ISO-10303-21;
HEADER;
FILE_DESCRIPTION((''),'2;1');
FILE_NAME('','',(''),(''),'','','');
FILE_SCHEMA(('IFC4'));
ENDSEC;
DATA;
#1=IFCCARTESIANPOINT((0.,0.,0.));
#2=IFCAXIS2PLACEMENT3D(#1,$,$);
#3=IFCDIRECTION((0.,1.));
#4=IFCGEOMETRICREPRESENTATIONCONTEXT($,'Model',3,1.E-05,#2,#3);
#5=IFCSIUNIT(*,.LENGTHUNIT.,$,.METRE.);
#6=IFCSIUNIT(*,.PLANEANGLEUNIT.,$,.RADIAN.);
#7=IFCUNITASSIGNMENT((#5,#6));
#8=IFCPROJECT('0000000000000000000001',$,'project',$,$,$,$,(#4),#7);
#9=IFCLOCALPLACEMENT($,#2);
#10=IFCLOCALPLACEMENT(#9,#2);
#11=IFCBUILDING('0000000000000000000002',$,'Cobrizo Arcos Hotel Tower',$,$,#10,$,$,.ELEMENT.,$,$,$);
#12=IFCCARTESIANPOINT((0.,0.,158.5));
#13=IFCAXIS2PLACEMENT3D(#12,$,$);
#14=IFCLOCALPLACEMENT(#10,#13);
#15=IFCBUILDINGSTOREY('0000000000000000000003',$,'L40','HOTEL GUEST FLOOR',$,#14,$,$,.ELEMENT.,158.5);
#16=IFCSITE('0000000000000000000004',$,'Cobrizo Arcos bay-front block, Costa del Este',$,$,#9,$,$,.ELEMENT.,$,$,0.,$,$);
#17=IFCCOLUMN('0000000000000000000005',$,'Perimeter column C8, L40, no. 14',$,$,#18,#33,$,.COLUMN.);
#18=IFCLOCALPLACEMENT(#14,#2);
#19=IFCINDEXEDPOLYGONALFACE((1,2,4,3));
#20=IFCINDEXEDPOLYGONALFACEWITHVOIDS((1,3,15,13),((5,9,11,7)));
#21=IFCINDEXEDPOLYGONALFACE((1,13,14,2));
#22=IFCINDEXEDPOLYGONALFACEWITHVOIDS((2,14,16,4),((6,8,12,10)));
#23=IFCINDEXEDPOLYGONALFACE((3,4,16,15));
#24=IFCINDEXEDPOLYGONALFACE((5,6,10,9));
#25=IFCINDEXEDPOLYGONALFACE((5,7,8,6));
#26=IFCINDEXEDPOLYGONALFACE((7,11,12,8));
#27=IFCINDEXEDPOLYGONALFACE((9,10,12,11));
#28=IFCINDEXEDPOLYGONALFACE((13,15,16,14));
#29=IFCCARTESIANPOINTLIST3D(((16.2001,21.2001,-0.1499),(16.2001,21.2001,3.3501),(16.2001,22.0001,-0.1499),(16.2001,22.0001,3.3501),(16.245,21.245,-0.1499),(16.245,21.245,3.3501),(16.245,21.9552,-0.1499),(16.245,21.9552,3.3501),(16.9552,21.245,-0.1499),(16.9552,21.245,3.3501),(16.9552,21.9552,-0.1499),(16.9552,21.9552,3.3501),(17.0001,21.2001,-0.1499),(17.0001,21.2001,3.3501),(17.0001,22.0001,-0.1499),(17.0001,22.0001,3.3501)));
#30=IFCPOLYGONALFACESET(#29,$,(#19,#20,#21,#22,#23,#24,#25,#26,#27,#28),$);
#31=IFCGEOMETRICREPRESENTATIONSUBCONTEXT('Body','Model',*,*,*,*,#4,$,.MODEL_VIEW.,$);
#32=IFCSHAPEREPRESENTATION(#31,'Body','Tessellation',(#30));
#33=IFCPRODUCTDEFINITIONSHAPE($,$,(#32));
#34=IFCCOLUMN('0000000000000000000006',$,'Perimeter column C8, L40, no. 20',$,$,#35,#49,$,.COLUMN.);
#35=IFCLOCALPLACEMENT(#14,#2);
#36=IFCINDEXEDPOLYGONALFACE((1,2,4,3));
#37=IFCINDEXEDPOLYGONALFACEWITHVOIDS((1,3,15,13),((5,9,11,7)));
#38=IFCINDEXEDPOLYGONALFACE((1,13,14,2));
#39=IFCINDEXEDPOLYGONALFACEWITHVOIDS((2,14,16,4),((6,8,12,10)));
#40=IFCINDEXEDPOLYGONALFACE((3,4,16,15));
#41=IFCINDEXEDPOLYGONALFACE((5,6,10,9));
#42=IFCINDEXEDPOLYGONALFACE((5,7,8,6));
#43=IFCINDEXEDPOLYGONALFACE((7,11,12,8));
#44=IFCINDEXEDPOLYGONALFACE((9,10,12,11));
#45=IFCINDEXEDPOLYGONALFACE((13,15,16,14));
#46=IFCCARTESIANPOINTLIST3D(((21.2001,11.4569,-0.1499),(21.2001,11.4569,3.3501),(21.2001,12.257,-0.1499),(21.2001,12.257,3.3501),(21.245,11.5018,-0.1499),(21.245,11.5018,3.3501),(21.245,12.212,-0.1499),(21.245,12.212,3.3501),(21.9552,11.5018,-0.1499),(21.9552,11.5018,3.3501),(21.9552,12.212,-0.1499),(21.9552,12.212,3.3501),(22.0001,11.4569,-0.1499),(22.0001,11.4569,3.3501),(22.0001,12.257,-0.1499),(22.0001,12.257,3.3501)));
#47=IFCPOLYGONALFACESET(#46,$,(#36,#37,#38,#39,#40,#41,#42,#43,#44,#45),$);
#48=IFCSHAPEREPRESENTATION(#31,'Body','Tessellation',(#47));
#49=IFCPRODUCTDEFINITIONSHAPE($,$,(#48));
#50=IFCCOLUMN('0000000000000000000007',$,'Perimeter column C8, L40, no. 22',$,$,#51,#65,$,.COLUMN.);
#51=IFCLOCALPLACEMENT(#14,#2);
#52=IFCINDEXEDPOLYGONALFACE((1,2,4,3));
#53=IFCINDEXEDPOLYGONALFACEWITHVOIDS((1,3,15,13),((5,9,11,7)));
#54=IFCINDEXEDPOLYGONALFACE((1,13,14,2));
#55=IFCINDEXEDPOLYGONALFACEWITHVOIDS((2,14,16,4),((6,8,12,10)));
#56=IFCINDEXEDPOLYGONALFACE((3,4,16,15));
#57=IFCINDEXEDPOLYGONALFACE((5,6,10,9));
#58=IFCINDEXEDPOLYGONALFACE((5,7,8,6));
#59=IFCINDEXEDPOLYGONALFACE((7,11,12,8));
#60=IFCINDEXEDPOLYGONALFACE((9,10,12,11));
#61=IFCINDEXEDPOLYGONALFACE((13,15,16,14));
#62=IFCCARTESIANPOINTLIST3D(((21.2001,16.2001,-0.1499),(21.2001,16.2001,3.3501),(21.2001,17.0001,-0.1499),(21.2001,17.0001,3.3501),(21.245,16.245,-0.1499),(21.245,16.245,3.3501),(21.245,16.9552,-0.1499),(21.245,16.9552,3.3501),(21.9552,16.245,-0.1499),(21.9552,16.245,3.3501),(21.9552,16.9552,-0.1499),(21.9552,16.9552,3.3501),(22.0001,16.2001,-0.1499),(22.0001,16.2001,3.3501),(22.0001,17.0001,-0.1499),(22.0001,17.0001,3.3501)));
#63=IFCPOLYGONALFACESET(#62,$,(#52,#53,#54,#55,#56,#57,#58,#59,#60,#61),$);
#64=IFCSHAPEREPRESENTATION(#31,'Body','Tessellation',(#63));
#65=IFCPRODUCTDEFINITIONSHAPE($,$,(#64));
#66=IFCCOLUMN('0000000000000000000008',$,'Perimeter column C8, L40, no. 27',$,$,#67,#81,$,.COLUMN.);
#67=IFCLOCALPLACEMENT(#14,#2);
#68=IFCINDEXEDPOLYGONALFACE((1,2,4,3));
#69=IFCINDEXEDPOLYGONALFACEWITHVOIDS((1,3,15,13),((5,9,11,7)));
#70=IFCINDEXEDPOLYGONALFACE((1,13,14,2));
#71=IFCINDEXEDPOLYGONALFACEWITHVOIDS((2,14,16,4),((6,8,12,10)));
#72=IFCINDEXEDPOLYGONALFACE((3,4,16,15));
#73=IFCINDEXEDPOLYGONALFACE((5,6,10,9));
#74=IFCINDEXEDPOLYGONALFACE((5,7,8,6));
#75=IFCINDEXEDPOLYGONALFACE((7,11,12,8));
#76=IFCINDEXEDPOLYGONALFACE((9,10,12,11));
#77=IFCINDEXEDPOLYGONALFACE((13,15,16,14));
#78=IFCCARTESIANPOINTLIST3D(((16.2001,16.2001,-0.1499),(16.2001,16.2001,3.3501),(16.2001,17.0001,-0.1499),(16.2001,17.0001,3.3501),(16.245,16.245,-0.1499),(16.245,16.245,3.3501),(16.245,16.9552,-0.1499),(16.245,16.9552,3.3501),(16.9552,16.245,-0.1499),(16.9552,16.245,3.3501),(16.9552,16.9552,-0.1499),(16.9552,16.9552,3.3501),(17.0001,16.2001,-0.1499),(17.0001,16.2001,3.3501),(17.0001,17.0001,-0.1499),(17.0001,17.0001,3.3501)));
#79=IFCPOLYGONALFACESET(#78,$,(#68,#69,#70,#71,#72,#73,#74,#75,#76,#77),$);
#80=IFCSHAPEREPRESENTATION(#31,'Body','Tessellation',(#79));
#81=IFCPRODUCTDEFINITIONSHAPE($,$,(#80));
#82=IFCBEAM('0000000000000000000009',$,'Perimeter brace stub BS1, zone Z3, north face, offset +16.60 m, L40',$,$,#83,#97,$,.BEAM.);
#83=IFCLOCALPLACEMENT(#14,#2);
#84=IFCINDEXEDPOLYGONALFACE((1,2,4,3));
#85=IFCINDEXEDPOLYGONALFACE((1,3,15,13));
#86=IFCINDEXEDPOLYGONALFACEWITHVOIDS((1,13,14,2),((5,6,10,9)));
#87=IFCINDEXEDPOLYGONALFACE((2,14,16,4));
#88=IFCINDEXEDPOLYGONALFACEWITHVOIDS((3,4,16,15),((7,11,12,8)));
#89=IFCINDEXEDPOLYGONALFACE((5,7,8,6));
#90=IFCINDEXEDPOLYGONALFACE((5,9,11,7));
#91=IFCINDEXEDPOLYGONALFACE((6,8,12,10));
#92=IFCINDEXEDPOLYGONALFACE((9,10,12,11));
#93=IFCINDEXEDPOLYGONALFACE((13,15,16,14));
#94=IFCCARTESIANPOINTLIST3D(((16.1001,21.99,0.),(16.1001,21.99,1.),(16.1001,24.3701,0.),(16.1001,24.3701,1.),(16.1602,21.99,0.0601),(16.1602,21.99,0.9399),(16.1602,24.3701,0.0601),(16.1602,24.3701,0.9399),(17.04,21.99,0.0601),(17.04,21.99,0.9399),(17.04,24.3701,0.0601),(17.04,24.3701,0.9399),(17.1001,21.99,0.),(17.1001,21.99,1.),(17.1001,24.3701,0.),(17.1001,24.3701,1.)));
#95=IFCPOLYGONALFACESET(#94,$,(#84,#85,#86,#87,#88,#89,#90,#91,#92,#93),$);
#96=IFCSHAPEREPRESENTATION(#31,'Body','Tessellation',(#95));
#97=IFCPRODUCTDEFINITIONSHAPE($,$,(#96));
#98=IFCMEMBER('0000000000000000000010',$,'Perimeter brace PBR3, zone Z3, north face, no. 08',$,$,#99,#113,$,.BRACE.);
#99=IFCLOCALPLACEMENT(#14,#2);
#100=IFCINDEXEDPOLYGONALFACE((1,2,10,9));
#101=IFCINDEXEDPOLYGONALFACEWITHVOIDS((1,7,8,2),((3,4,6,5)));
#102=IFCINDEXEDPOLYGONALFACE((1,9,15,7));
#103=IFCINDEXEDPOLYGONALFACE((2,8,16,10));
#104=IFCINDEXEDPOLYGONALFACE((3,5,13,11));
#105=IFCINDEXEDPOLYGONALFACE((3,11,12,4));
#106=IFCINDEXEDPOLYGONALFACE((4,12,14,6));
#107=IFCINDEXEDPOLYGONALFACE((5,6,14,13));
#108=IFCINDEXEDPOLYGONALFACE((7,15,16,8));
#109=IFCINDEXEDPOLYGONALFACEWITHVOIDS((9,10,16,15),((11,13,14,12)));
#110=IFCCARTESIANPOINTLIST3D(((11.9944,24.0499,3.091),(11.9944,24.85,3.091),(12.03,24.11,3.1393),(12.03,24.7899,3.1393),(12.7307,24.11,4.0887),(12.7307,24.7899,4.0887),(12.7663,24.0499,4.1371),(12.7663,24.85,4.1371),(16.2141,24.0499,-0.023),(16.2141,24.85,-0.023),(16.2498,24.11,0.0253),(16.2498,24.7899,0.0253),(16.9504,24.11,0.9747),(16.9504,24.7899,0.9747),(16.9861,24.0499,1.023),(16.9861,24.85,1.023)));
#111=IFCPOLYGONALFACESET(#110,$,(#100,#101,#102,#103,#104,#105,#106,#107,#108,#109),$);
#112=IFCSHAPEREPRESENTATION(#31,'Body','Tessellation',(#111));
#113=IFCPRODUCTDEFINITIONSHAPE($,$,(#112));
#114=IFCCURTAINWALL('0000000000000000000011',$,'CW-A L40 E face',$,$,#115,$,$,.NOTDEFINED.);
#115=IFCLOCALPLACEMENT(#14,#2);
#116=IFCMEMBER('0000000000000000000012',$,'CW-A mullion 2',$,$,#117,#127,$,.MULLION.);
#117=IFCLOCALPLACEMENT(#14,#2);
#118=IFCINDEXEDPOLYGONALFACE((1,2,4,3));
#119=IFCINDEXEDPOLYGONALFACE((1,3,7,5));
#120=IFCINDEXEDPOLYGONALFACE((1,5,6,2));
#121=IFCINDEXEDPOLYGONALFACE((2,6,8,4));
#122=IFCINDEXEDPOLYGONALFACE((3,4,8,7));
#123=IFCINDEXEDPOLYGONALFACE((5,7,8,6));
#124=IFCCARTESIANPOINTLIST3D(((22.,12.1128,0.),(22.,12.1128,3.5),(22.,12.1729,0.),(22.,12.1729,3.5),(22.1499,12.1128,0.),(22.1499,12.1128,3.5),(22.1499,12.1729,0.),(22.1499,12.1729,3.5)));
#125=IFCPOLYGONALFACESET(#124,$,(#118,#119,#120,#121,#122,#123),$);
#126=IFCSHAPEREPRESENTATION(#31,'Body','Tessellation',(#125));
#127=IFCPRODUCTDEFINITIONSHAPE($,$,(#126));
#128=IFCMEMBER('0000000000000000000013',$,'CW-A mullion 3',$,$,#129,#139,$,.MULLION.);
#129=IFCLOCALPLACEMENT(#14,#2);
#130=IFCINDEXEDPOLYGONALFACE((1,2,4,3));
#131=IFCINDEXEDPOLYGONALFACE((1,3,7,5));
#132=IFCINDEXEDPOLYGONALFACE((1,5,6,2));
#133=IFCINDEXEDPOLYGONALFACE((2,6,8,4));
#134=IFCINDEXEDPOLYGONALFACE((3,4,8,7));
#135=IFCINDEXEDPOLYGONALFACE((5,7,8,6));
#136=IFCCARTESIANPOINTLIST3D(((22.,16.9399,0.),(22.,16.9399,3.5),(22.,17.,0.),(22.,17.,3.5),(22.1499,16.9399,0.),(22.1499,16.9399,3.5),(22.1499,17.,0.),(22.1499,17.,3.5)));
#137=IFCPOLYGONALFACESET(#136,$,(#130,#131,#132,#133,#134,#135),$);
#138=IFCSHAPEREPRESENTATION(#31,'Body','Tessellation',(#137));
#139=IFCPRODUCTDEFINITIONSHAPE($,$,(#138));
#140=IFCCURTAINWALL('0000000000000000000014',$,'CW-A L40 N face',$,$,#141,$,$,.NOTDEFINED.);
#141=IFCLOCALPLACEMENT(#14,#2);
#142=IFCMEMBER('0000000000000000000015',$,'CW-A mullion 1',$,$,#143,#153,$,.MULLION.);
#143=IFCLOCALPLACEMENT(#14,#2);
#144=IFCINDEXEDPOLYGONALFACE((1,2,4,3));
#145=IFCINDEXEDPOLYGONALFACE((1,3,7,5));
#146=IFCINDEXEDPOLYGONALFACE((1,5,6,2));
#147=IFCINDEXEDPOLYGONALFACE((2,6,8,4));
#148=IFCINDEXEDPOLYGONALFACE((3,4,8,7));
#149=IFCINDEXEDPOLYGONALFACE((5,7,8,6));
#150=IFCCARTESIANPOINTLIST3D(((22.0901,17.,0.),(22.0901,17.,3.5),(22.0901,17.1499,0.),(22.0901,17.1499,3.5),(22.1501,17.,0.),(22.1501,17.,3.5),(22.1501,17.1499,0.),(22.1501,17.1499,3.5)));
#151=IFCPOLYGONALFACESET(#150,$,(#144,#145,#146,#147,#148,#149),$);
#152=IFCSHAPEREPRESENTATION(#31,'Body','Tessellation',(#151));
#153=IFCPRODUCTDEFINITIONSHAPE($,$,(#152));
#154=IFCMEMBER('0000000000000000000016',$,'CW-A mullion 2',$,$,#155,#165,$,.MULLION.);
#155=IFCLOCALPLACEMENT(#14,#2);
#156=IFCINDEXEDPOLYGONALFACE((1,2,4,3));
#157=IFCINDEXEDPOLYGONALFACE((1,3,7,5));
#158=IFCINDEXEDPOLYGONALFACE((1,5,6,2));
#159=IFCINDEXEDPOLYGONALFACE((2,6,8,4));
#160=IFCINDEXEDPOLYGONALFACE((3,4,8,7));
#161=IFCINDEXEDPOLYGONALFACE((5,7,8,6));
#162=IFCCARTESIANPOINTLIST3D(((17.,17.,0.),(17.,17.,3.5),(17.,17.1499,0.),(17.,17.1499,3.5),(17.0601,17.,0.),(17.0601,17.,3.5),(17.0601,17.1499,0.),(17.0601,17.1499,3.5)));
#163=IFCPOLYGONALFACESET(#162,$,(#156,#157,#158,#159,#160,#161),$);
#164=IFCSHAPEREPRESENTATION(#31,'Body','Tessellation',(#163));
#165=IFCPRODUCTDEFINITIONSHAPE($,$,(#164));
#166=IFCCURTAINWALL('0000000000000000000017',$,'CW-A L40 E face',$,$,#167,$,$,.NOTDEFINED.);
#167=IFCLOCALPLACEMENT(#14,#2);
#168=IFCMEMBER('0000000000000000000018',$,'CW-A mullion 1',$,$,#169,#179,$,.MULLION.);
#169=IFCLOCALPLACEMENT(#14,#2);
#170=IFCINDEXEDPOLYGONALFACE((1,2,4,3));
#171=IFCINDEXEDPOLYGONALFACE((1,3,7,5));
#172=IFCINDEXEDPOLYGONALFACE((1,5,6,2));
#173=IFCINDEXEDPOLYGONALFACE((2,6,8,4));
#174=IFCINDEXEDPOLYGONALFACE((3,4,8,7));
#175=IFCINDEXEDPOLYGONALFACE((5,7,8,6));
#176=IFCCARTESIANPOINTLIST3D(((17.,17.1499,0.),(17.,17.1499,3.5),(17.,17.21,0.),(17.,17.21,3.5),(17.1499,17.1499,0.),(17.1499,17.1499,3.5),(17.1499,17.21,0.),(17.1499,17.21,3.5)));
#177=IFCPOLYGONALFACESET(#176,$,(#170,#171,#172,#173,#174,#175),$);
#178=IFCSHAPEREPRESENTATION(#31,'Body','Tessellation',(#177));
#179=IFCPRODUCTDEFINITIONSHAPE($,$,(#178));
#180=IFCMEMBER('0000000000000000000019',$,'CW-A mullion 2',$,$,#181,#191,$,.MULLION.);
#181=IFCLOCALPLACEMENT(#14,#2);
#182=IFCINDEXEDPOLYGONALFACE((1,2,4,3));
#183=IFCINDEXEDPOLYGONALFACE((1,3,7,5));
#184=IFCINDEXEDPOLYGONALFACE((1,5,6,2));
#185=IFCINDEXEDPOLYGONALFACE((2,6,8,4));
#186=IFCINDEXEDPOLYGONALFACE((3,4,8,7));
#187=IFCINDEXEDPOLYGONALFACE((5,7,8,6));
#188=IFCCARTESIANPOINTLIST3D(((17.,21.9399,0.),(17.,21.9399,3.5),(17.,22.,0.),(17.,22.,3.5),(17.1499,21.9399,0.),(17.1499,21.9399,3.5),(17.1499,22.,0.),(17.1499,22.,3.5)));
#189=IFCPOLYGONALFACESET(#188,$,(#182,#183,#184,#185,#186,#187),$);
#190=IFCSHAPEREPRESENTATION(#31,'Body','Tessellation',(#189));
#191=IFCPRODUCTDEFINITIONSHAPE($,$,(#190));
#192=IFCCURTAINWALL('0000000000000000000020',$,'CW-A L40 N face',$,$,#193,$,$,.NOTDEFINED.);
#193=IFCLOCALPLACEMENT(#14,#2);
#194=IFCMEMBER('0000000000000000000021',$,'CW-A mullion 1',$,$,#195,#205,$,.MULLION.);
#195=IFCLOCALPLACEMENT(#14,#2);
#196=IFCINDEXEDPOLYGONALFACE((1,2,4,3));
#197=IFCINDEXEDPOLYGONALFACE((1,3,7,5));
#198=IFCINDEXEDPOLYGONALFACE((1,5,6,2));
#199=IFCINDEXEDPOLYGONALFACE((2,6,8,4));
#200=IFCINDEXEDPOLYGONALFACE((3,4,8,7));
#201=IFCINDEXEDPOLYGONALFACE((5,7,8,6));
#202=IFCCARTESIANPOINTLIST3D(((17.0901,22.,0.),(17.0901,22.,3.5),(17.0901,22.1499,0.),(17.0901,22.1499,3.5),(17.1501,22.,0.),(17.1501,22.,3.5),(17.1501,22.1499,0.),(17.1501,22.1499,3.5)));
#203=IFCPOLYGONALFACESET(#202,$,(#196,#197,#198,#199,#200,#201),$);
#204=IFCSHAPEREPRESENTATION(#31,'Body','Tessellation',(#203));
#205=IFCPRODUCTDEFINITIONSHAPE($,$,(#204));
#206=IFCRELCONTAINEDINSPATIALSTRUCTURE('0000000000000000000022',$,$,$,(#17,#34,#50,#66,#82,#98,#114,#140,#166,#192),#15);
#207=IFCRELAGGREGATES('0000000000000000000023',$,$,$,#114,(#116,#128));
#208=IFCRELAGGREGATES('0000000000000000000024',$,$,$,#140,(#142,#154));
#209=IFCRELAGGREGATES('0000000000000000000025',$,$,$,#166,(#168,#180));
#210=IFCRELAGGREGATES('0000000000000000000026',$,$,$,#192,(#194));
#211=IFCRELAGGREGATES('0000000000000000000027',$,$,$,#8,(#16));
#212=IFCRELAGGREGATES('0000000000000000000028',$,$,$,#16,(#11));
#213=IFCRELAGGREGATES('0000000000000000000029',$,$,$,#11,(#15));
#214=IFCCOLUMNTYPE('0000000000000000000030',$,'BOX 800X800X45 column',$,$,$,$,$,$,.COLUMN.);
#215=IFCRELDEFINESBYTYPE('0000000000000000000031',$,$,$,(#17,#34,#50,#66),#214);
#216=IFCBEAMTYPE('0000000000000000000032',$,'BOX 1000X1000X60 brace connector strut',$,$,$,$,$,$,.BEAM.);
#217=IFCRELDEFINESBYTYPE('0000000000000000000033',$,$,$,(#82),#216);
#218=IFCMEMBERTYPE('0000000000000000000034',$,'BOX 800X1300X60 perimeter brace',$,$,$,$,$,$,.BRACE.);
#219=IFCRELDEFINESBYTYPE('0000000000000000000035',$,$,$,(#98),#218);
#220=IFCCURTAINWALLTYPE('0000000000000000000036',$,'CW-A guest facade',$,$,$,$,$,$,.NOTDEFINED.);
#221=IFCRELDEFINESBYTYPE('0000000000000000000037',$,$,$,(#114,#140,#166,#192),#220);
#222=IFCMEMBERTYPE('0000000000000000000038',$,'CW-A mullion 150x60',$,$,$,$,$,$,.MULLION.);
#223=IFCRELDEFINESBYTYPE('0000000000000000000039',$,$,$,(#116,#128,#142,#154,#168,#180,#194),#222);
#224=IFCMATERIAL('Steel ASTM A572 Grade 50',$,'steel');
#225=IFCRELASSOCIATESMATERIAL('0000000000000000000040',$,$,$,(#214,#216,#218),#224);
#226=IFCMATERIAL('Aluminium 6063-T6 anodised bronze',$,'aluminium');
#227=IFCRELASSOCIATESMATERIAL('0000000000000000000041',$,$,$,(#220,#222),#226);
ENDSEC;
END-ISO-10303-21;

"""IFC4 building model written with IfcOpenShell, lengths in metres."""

from ifc_helpers import new_model, si_unit, direction, frame, origin, origin_2d, place, context, subcontext, project, spatial, rectangle, hollow_rectangle, extrude, material, material_profile, profile_set, type_object, element, aggregate, save


model = new_model("IFC4")

# Units and contexts
model_context = context("Model", 3, precision=1e-05, world=origin(), true_north=direction((0.0, 1.0)))
body_context = subcontext(model_context, "Body", "Model", "MODEL_VIEW")
ifc_project = project(units=[si_unit("LENGTHUNIT", "METRE"), si_unit("PLANEANGLEUNIT", "RADIAN")], contexts=[model_context])

# Site, building, storey
site_placement = place(None, origin())
site = spatial("IfcSite", under=ifc_project, at=site_placement, Name="Cobrizo Arcos bay-front block, Costa del Este", CompositionType="ELEMENT", RefElevation=0.0)
building_placement = place(site_placement, origin())
building = spatial("IfcBuilding", under=site, at=building_placement, Name="Cobrizo Arcos Hotel Tower", CompositionType="ELEMENT")
storey_placement = place(building_placement, frame((0.0, 0.0, 158.5)))
storey = spatial("IfcBuildingStorey", under=building, at=storey_placement, Name="L40", Description="HOTEL GUEST FLOOR", CompositionType="ELEMENT", Elevation=158.5)

# Columns
ifc_material_1 = material(Name="Steel ASTM A572 Grade 50", Category="steel")
ifc_material_profile_1 = material_profile(ifc_material_1, hollow_rectangle(XDim=0.8, YDim=0.8, WallThickness=0.0449, at=origin_2d()), Name="BOX 800X800X45")
ifc_profile_set_1 = profile_set([ifc_material_profile_1], Name="Steel ASTM A572 Grade 50")
column_type = type_object("IfcColumnType", Name="BOX 800X800X45 column", PredefinedType="COLUMN", material=ifc_profile_set_1)
for number, where, z_axis, x_axis, name in (
    (1, (16.6001, 21.6001, -0.1499), (0.0, 0.0, 1.0), (1.0, 0.0, 0.0), "Perimeter column C8, L40, no. 14"),
    (2, (21.6001, 11.8569, -0.1499), (0.0, 0.0, 1.0), (1.0, 0.0, 0.0), "Perimeter column C8, L40, no. 20"),
    (3, (21.6001, 16.6001, -0.1499), (0.0, 0.0, 1.0), (1.0, 0.0, 0.0), "Perimeter column C8, L40, no. 22"),
    (4, (16.6001, 16.6001, -0.1499), (0.0, 0.0, 1.0), (1.0, 0.0, 0.0), "Perimeter column C8, L40, no. 27"),
):
    element("IfcColumn", number, at=place(storey_placement, frame(where, z_axis=z_axis, x_axis=x_axis)), inside=storey, type_object=column_type, Name=name, PredefinedType="COLUMN", context=body_context, shape_type="SweptSolid", body=[
        extrude(hollow_rectangle(XDim=0.8, YDim=0.8, WallThickness=0.0449, at=origin_2d()), origin(), (0.0, 0.0, 1.0), 3.5),
    ])

# Beam
ifc_material_profile_2 = material_profile(ifc_material_1, hollow_rectangle(XDim=1.0, YDim=1.0, WallThickness=0.0601, at=origin_2d()), Name="BOX 1000X1000X60")
ifc_profile_set_2 = profile_set([ifc_material_profile_2], Name="Steel ASTM A572 Grade 50")
beam_type_1 = type_object("IfcBeamType", Name="BOX 1000X1000X60 brace connector strut", PredefinedType="BEAM", material=ifc_profile_set_2)
beam_1_placement = place(storey_placement, frame((16.6001, 21.99, 0.5), z_axis=(0.0, 1.0, 0.0), x_axis=(-1.0, 0.0, 0.0)))
element("IfcBeam", 5, at=beam_1_placement, inside=storey, type_object=beam_type_1, Name="Perimeter brace stub BS1, zone Z3, north face, offset +16.60 m, L40", PredefinedType="BEAM", context=body_context, shape_type="SweptSolid", body=[
    extrude(hollow_rectangle(XDim=1.0, YDim=1.0, WallThickness=0.0601, at=origin_2d()), origin(), (0.0, 0.0, 1.0), 2.3801),
])

# Member
ifc_material_profile_3 = material_profile(ifc_material_1, hollow_rectangle(XDim=0.8, YDim=1.3, WallThickness=0.0601, at=origin_2d()), Name="BOX 800X1300X60")
ifc_profile_set_3 = profile_set([ifc_material_profile_3], Name="Steel ASTM A572 Grade 50")
member_type_1 = type_object("IfcMemberType", Name="BOX 800X1300X60 perimeter brace", PredefinedType="BRACE", material=ifc_profile_set_3)
member_1_placement = place(storey_placement, frame((16.6001, 24.45, 0.5), z_axis=(-0.804624, 0.0, 0.593785), x_axis=(0.0, -1.0, 0.0)))
element("IfcMember", 6, at=member_1_placement, inside=storey, type_object=member_type_1, Name="Perimeter brace PBR3, zone Z3, north face, no. 08", PredefinedType="BRACE", context=body_context, shape_type="SweptSolid", body=[
    extrude(hollow_rectangle(XDim=0.8, YDim=1.3, WallThickness=0.0601, at=origin_2d()), origin(), (0.0, 0.0, 1.0), 5.2444),
])

# Curtain walls, members
ifc_material_2 = material(Name="Aluminium 6063-T6 anodised bronze", Category="aluminium")
curtain_wall_type = type_object("IfcCurtainWallType", Name="CW-A guest facade", PredefinedType="NOTDEFINED", material=ifc_material_2)
curtain_wall_1_placement = place(storey_placement, origin())
curtain_wall_1 = element("IfcCurtainWall", 7, at=curtain_wall_1_placement, inside=storey, type_object=curtain_wall_type, Name="CW-A L40 E face", PredefinedType="NOTDEFINED")
ifc_material_profile_4 = material_profile(ifc_material_2, rectangle(XDim=0.1499, YDim=0.0601, at=origin_2d()), Name="CW-A mullion 150x60")
ifc_profile_set_4 = profile_set([ifc_material_profile_4], Name="Aluminium 6063-T6 anodised bronze")
member_type_2 = type_object("IfcMemberType", Name="CW-A mullion 150x60", PredefinedType="MULLION", material=ifc_profile_set_4)
member_2_placement = place(storey_placement, frame((22.075, 12.1428, 0.0), z_axis=(0.0, 0.0, 1.0), x_axis=(1.0, 0.0, 0.0)))
member_2 = element("IfcMember", 8, at=member_2_placement, type_object=member_type_2, Name="CW-A mullion 2", PredefinedType="MULLION", context=body_context, shape_type="SweptSolid", body=[
    extrude(rectangle(XDim=0.1499, YDim=0.0601, at=origin_2d()), origin(), (0.0, 0.0, 1.0), 3.5),
])
member_3_placement = place(storey_placement, frame((22.075, 16.97, 0.0), z_axis=(0.0, 0.0, 1.0), x_axis=(1.0, 0.0, 0.0)))
member_3 = element("IfcMember", 9, at=member_3_placement, type_object=member_type_2, Name="CW-A mullion 3", PredefinedType="MULLION", context=body_context, shape_type="SweptSolid", body=[
    extrude(rectangle(XDim=0.1499, YDim=0.0601, at=origin_2d()), origin(), (0.0, 0.0, 1.0), 3.5),
])
curtain_wall_2_placement = place(storey_placement, origin())
curtain_wall_2 = element("IfcCurtainWall", 10, at=curtain_wall_2_placement, inside=storey, type_object=curtain_wall_type, Name="CW-A L40 N face", PredefinedType="NOTDEFINED")
member_4_placement = place(storey_placement, frame((22.1201, 17.075, 0.0), z_axis=(0.0, 0.0, 1.0), x_axis=(0.0, 1.0, 0.0)))
member_4 = element("IfcMember", 11, at=member_4_placement, type_object=member_type_2, Name="CW-A mullion 1", PredefinedType="MULLION", context=body_context, shape_type="SweptSolid", body=[
    extrude(rectangle(XDim=0.1499, YDim=0.0601, at=origin_2d()), origin(), (0.0, 0.0, 1.0), 3.5),
])
member_5_placement = place(storey_placement, frame((17.03, 17.075, 0.0), z_axis=(0.0, 0.0, 1.0), x_axis=(0.0, 1.0, 0.0)))
member_5 = element("IfcMember", 12, at=member_5_placement, type_object=member_type_2, Name="CW-A mullion 2", PredefinedType="MULLION", context=body_context, shape_type="SweptSolid", body=[
    extrude(rectangle(XDim=0.1499, YDim=0.0601, at=origin_2d()), origin(), (0.0, 0.0, 1.0), 3.5),
])
curtain_wall_3_placement = place(storey_placement, origin())
curtain_wall_3 = element("IfcCurtainWall", 13, at=curtain_wall_3_placement, inside=storey, type_object=curtain_wall_type, Name="CW-A L40 E face", PredefinedType="NOTDEFINED")
member_6_placement = place(storey_placement, frame((17.075, 17.1799, 0.0), z_axis=(0.0, 0.0, 1.0), x_axis=(1.0, 0.0, 0.0)))
member_6 = element("IfcMember", 14, at=member_6_placement, type_object=member_type_2, Name="CW-A mullion 1", PredefinedType="MULLION", context=body_context, shape_type="SweptSolid", body=[
    extrude(rectangle(XDim=0.1499, YDim=0.0601, at=origin_2d()), origin(), (0.0, 0.0, 1.0), 3.5),
])
member_7_placement = place(storey_placement, frame((17.075, 21.97, 0.0), z_axis=(0.0, 0.0, 1.0), x_axis=(1.0, 0.0, 0.0)))
member_7 = element("IfcMember", 15, at=member_7_placement, type_object=member_type_2, Name="CW-A mullion 2", PredefinedType="MULLION", context=body_context, shape_type="SweptSolid", body=[
    extrude(rectangle(XDim=0.1499, YDim=0.0601, at=origin_2d()), origin(), (0.0, 0.0, 1.0), 3.5),
])

# Curtain wall, member
curtain_wall_4_placement = place(storey_placement, origin())
curtain_wall_4 = element("IfcCurtainWall", 16, at=curtain_wall_4_placement, inside=storey, type_object=curtain_wall_type, Name="CW-A L40 N face", PredefinedType="NOTDEFINED")
member_8_placement = place(storey_placement, frame((17.1201, 22.075, 0.0), z_axis=(0.0, 0.0, 1.0), x_axis=(0.0, 1.0, 0.0)))
member_8 = element("IfcMember", 17, at=member_8_placement, type_object=member_type_2, Name="CW-A mullion 1", PredefinedType="MULLION", context=body_context, shape_type="SweptSolid", body=[
    extrude(rectangle(XDim=0.1499, YDim=0.0601, at=origin_2d()), origin(), (0.0, 0.0, 1.0), 3.5),
])

aggregate(curtain_wall_1, [member_2, member_3])
aggregate(curtain_wall_2, [member_4, member_5])
aggregate(curtain_wall_3, [member_6, member_7])
aggregate(curtain_wall_4, [member_8])

save(model, "model.ifc")
